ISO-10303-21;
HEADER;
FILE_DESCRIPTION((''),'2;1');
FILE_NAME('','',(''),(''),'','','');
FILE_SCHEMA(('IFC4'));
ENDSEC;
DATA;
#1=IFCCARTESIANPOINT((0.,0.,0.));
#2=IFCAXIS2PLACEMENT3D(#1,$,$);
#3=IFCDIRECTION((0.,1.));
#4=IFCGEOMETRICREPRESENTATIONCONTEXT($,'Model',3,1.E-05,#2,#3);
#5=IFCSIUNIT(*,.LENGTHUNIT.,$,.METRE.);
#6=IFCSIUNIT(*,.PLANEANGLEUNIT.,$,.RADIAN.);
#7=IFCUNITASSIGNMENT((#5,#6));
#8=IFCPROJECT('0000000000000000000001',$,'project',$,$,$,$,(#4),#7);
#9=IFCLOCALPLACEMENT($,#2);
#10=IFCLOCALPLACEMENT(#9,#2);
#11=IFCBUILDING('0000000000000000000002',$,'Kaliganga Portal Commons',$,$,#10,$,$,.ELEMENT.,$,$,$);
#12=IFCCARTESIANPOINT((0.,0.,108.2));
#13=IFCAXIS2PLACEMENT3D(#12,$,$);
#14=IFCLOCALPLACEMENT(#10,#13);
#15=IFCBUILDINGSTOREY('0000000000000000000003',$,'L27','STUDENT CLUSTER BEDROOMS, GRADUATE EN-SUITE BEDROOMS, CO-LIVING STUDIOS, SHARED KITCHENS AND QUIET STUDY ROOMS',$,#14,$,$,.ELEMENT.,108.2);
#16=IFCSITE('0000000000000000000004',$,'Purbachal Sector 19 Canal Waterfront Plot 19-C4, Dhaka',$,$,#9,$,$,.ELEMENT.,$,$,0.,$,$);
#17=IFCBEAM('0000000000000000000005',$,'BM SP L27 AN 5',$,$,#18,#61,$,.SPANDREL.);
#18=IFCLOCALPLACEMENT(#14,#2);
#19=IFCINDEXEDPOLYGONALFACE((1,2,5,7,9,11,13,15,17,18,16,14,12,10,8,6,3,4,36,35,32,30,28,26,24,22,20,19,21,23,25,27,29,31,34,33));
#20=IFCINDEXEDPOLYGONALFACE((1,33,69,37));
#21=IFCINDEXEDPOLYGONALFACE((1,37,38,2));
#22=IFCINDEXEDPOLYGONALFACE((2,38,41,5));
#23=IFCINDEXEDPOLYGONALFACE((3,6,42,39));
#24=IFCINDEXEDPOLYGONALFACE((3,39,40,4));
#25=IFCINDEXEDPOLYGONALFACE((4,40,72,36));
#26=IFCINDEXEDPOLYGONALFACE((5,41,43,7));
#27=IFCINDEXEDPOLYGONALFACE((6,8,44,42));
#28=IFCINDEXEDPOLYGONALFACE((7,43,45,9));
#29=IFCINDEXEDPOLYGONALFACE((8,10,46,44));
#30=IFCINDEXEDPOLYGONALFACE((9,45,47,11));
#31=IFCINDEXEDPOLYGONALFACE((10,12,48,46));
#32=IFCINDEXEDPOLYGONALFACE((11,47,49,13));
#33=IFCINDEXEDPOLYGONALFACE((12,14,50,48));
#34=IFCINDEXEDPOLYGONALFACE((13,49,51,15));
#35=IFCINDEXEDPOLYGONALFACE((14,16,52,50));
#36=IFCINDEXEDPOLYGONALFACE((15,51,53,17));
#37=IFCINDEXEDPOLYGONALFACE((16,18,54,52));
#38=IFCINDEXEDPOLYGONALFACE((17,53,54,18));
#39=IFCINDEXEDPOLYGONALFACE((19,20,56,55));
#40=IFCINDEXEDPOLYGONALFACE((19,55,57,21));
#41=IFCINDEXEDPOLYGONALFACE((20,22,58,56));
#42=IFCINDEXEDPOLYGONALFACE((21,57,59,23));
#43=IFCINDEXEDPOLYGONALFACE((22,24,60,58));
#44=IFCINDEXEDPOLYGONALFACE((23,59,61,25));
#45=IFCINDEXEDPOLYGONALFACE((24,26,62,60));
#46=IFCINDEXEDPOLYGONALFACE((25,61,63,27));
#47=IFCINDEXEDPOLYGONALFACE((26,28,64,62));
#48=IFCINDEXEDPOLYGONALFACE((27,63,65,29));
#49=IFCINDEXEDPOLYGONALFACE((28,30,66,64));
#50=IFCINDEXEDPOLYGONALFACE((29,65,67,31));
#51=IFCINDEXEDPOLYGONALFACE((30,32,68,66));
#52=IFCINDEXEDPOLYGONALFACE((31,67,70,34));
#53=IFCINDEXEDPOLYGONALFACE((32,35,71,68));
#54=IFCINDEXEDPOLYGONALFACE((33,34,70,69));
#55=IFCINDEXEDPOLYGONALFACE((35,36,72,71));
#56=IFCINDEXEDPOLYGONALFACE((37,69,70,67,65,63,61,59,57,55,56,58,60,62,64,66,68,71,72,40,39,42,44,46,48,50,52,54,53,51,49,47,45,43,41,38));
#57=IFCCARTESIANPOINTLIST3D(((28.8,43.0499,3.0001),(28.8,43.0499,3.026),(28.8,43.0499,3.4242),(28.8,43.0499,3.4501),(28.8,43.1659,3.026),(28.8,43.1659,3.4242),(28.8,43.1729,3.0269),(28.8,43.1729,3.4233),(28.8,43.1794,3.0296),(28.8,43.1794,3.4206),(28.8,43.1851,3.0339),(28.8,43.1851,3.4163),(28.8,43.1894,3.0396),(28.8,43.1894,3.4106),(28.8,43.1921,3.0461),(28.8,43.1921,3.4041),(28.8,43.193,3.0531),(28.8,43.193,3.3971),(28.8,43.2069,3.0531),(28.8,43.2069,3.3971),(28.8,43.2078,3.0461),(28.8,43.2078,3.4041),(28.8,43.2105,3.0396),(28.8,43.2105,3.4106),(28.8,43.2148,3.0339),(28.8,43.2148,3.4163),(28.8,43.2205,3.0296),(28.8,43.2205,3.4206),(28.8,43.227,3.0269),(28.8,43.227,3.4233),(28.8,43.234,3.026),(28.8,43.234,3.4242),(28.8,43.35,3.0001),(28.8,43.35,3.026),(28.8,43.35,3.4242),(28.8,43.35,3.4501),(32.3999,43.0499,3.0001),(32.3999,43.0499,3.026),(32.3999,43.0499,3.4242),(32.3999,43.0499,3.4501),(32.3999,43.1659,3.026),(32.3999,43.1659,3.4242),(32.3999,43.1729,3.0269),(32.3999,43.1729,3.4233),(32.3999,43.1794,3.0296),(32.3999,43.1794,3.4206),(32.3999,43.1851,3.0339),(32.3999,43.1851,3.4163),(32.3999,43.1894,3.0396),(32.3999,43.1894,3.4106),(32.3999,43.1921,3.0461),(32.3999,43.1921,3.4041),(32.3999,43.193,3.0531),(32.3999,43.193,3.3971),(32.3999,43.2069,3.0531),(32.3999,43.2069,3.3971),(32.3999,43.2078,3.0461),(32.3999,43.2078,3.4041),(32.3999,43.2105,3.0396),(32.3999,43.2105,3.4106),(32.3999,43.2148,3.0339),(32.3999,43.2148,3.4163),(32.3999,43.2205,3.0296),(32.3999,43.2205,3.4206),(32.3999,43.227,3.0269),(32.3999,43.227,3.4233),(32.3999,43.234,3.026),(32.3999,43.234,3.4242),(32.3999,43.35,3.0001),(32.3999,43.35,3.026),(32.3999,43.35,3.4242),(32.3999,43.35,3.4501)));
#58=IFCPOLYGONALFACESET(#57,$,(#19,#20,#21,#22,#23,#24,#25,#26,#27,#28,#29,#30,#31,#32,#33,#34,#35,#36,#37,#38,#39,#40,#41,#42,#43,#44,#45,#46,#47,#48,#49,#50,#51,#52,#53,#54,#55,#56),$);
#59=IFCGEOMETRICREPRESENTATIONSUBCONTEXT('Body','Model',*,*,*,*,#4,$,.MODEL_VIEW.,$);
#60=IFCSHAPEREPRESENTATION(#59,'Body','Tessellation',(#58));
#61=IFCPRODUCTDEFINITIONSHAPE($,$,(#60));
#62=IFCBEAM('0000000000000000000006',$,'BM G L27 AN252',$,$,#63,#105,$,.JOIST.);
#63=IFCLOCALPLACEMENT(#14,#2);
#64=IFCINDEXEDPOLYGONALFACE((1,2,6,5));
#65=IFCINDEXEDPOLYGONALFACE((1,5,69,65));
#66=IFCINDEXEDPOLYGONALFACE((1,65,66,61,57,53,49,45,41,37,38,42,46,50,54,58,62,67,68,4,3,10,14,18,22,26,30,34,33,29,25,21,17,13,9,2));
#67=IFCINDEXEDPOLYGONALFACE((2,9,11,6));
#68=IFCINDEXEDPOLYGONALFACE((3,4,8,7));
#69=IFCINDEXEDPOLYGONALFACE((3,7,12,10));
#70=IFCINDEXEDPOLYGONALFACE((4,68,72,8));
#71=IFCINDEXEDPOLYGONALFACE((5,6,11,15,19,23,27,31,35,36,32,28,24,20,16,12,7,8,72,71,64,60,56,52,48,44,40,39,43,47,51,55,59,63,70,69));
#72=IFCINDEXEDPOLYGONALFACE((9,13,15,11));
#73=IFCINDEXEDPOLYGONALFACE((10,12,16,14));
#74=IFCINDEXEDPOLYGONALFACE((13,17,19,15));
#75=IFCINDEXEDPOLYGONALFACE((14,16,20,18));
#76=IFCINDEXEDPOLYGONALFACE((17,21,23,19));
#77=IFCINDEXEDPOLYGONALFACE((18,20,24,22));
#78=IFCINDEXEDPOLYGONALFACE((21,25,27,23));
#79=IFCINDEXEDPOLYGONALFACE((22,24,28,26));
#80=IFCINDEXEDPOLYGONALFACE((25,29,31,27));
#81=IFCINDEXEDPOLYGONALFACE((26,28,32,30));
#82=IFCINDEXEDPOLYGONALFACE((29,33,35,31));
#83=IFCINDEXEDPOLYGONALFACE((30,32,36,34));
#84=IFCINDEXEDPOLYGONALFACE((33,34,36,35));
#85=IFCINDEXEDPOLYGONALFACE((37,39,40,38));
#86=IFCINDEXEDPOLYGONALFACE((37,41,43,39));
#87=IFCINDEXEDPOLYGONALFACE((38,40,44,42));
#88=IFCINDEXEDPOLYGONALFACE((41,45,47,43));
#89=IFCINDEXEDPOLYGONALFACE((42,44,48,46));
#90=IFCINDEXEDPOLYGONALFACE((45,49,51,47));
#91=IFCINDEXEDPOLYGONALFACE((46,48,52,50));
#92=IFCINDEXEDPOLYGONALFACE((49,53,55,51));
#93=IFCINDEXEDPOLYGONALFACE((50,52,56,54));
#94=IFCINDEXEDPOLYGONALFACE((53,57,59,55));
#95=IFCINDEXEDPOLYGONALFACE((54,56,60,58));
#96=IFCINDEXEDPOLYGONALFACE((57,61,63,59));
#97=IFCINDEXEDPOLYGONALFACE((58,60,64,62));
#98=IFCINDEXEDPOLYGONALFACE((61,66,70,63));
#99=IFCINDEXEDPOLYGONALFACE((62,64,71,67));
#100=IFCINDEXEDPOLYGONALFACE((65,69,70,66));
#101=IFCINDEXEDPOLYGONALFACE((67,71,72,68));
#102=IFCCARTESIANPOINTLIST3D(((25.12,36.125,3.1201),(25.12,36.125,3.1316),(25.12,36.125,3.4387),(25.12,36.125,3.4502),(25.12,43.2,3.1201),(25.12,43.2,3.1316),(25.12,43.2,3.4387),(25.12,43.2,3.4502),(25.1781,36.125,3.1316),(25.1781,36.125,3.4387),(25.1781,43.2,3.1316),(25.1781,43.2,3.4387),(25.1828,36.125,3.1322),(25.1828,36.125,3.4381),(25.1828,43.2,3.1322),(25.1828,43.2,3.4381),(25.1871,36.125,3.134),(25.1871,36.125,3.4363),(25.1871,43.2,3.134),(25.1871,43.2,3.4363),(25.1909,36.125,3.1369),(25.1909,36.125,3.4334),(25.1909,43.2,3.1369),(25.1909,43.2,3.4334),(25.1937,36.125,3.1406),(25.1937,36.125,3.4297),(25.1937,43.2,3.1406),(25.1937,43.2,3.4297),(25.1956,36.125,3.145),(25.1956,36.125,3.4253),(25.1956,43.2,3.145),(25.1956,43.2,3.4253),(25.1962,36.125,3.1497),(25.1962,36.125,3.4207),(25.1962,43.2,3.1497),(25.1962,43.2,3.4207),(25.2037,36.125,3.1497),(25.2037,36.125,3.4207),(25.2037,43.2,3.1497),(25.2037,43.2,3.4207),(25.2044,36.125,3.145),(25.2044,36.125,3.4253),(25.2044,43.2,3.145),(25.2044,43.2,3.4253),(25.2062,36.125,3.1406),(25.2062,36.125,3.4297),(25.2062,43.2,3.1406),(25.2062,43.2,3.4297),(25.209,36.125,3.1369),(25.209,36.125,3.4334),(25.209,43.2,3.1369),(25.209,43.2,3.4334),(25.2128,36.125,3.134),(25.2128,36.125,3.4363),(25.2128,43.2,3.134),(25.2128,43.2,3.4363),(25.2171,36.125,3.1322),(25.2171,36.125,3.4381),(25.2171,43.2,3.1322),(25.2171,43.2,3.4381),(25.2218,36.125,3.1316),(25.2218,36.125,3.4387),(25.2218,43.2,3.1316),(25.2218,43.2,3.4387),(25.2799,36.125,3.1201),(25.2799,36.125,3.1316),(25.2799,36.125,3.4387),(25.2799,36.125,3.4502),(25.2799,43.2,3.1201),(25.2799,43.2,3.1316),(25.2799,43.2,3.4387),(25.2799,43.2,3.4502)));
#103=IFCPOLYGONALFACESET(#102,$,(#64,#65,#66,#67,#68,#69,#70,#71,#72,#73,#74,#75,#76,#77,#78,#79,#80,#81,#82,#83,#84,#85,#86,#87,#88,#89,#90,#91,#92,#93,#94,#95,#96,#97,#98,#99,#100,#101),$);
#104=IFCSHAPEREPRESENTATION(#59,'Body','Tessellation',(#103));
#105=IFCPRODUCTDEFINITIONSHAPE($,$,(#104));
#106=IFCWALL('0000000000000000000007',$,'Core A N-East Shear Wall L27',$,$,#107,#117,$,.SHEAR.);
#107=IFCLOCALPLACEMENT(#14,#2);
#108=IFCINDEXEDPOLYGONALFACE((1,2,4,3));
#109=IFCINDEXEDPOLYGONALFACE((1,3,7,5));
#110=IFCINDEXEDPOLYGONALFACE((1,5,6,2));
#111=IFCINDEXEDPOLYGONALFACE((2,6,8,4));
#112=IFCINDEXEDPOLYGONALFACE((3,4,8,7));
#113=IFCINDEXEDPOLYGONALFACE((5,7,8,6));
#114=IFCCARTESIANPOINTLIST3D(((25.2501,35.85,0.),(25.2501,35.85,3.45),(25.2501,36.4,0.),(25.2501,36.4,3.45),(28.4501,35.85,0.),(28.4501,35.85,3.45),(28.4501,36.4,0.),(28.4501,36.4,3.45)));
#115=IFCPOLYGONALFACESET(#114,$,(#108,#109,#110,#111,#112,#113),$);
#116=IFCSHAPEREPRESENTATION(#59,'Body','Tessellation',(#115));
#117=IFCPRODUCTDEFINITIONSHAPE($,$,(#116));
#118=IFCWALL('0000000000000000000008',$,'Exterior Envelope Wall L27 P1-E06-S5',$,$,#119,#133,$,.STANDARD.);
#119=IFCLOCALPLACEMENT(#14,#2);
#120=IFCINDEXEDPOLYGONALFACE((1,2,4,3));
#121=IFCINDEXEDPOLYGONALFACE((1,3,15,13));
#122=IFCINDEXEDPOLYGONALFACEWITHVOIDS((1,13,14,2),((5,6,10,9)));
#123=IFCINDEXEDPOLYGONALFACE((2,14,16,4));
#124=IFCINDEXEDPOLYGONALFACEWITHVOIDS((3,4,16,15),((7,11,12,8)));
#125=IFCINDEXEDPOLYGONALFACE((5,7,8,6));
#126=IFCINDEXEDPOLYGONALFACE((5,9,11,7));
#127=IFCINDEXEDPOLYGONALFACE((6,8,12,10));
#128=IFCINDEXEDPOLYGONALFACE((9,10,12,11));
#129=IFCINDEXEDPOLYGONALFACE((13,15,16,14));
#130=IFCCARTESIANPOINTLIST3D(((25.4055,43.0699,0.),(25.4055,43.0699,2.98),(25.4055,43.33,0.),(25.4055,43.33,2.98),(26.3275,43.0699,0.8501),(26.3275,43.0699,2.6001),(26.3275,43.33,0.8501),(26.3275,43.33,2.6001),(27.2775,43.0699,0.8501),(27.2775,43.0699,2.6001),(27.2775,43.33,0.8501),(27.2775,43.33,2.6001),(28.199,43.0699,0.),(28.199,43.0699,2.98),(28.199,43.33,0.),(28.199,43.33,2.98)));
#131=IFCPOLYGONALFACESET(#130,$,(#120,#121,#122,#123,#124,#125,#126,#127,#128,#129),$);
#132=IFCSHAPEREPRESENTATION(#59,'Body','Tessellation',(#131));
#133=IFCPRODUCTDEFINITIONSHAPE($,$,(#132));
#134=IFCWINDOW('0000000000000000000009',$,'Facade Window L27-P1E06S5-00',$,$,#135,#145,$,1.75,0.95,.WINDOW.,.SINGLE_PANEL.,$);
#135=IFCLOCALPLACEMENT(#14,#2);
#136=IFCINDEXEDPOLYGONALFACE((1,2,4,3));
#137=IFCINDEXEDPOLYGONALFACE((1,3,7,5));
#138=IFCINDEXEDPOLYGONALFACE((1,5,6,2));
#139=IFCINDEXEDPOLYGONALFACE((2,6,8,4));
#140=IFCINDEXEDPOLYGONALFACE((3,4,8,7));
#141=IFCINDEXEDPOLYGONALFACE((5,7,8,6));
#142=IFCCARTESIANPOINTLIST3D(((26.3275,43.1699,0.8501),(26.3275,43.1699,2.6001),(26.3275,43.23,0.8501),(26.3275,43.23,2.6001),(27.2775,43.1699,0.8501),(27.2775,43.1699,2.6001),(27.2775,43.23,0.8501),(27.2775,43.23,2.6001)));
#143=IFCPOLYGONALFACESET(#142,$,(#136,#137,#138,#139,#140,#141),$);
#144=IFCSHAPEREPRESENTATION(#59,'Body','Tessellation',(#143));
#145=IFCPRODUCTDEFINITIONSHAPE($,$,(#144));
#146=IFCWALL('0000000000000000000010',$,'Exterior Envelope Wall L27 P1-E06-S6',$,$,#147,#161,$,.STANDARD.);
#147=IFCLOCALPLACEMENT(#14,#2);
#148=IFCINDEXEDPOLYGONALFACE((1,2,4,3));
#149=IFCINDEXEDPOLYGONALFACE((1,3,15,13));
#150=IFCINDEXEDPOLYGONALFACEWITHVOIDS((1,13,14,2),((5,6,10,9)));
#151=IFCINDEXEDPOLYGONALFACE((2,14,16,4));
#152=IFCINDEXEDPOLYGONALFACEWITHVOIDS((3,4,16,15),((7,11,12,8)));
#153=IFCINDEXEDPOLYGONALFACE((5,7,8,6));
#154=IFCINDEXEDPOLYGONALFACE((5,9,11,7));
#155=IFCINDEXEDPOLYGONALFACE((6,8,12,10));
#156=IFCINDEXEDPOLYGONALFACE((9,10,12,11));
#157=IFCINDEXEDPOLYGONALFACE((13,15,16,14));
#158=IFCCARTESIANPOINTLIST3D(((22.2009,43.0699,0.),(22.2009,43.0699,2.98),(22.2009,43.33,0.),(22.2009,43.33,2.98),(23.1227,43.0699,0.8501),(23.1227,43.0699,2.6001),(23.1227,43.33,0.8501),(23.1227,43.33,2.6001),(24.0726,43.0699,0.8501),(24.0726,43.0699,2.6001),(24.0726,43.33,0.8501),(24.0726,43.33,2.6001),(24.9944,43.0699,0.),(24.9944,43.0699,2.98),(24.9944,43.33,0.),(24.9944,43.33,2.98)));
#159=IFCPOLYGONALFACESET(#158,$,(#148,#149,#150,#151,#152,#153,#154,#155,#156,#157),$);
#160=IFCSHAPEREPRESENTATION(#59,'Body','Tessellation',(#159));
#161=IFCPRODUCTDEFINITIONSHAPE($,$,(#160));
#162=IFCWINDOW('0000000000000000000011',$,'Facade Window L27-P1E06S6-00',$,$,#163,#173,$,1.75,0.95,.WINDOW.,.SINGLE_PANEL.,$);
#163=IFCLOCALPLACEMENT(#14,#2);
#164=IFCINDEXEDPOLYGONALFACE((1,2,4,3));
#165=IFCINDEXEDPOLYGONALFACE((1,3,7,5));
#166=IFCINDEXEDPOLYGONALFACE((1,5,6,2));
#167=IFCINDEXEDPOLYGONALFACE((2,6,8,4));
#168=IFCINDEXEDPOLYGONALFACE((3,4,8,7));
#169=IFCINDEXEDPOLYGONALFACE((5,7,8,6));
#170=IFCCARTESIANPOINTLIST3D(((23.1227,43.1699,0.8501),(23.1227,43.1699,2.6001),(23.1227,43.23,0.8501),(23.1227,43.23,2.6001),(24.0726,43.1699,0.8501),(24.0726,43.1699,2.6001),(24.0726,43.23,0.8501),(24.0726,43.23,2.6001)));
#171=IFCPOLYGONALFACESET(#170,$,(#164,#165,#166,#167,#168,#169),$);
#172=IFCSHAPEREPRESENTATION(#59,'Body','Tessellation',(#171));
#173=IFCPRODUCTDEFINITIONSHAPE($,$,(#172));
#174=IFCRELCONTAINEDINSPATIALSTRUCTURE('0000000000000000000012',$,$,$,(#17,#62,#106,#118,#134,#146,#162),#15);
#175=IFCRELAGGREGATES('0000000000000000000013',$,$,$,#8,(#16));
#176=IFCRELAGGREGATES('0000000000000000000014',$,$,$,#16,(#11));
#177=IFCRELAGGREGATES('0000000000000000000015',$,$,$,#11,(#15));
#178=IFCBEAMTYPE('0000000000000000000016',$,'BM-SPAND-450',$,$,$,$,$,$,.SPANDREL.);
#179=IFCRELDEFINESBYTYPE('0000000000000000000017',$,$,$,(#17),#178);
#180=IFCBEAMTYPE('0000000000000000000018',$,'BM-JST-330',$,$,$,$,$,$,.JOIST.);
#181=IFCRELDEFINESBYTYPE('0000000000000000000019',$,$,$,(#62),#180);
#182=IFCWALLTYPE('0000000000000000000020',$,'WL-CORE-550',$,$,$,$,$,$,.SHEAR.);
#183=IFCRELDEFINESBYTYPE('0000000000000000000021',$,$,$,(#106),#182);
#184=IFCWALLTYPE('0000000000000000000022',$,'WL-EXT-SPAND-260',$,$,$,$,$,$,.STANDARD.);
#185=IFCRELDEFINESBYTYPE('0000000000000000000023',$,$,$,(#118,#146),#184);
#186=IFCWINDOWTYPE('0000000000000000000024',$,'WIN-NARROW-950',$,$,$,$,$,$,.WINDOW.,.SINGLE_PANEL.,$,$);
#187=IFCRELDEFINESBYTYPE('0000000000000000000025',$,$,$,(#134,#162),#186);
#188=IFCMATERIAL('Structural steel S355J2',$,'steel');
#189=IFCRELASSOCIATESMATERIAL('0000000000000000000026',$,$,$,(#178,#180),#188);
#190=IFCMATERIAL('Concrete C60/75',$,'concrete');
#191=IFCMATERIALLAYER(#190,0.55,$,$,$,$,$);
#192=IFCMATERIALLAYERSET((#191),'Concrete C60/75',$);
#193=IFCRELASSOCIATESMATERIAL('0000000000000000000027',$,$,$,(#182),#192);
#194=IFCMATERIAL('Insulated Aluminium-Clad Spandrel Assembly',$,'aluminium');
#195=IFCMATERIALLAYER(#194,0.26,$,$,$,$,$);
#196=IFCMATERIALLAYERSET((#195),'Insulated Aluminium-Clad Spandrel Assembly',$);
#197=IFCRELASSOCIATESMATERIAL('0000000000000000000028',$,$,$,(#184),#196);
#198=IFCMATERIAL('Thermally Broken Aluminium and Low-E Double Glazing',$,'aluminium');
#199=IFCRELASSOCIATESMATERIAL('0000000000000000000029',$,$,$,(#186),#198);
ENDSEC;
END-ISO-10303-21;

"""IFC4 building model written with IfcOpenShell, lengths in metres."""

from ifc_helpers import new_model, si_unit, direction, frame, frame_2d, origin, origin_2d, place, context, subcontext, project, spatial, rectangle, i_section, extrude, source, transform, mapped, material, layer, layer_set, material_profile, profile_set, type_object, element, fill, save


model = new_model("IFC4")

# Units and contexts
model_context = context("Model", 3, precision=1e-05, world=origin(), true_north=direction((0.0, 1.0)))
body_context = subcontext(model_context, "Body", "Model", "MODEL_VIEW")
ifc_project = project(units=[si_unit("LENGTHUNIT", "METRE"), si_unit("PLANEANGLEUNIT", "RADIAN")], contexts=[model_context])

# Site, building, storey
site_placement = place(None, origin())
site = spatial("IfcSite", under=ifc_project, at=site_placement, Name="Purbachal Sector 19 Canal Waterfront Plot 19-C4, Dhaka", CompositionType="ELEMENT", RefElevation=0.0)
building_placement = place(site_placement, origin())
building = spatial("IfcBuilding", under=site, at=building_placement, Name="Kaliganga Portal Commons", CompositionType="ELEMENT")
storey_placement = place(building_placement, frame((0.0, 0.0, 108.2)))
storey = spatial("IfcBuildingStorey", under=building, at=storey_placement, Name="L27", Description="STUDENT CLUSTER BEDROOMS, GRADUATE EN-SUITE BEDROOMS, CO-LIVING STUDIOS, SHARED KITCHENS AND QUIET STUDY ROOMS", CompositionType="ELEMENT", Elevation=108.2)

# Shared definitions
ifc_material_1 = material(Name="Concrete C60/75", Category="concrete")

# Beams
ifc_material_2 = material(Name="Structural steel S355J2", Category="steel")
ifc_material_profile_1 = material_profile(ifc_material_2, i_section(OverallWidth=0.3, OverallDepth=0.45, WebThickness=0.0139, FlangeThickness=0.0259, FilletRadius=0.0271, at=origin_2d()), Name="HE 450 B")
ifc_profile_set_1 = profile_set([ifc_material_profile_1], Name="Structural steel S355J2 wide-flange")
beam_type_1 = type_object("IfcBeamType", Name="BM-SPAND-450", PredefinedType="SPANDREL", material=ifc_profile_set_1)
shared_shape_1 = source(origin(), body_context, "Body", "SweptSolid", [
    extrude(i_section(OverallWidth=0.3, OverallDepth=0.45, WebThickness=0.0139, FlangeThickness=0.0259, FilletRadius=0.0271, at=origin_2d()), origin(), (0.0, 0.0, 1.0), 3.5999),
])
for number, where, z_axis, x_axis, name in (
    (1, (28.8, 43.2, 3.2251), (1.0, 0.0, 0.0), (0.0, 1.0, 0.0), "BM SP L27 AN 5"),
):
    element("IfcBeam", number, at=place(storey_placement, frame(where, z_axis=z_axis, x_axis=x_axis)), inside=storey, type_object=beam_type_1, Name=name, PredefinedType="SPANDREL", context=body_context, shape_type="MappedRepresentation", body=[
        mapped(shared_shape_1, transform((0.0, 0.0, 0.0), x_axis=(1.0, 0.0, 0.0), y_axis=(0.0, 1.0, 0.0), z_axis=(0.0, 0.0, 1.0), scale=1.0)),
    ])
ifc_material_profile_2 = material_profile(ifc_material_2, i_section(OverallWidth=0.1599, OverallDepth=0.3301, WebThickness=0.0076, FlangeThickness=0.0115, FilletRadius=0.0181, at=origin_2d()), Name="IPE 330")
ifc_profile_set_2 = profile_set([ifc_material_profile_2], Name="Structural steel S355J2 wide-flange")
beam_type_2 = type_object("IfcBeamType", Name="BM-JST-330", PredefinedType="JOIST", material=ifc_profile_set_2)
shared_shape_2 = source(origin(), body_context, "Body", "SweptSolid", [
    extrude(i_section(OverallWidth=0.1599, OverallDepth=0.3301, WebThickness=0.0076, FlangeThickness=0.0115, FilletRadius=0.0181, at=origin_2d()), origin(), (0.0, 0.0, 1.0), 7.075),
])
beam_1_placement = place(storey_placement, frame((25.2, 36.125, 3.2852), z_axis=(0.0, 1.0, 0.0), x_axis=(-1.0, 0.0, 0.0)))
element("IfcBeam", 2, at=beam_1_placement, inside=storey, type_object=beam_type_2, Name="BM G L27 AN252", PredefinedType="JOIST", context=body_context, shape_type="MappedRepresentation", body=[
    mapped(shared_shape_2, transform((0.0, 0.0, 0.0), x_axis=(1.0, 0.0, 0.0), y_axis=(0.0, 1.0, 0.0), z_axis=(0.0, 0.0, 1.0), scale=1.0)),
])

# Wall
ifc_layer_1 = layer(ifc_material_1, 0.55)
ifc_layer_set_1 = layer_set([ifc_layer_1], Name="Concrete C60/75")
wall_type_1 = type_object("IfcWallType", Name="WL-CORE-550", PredefinedType="SHEAR", material=ifc_layer_set_1)
wall_1_placement = place(storey_placement, frame((25.25, 36.125, 0.0), z_axis=(0.0, 0.0, 1.0), x_axis=(1.0, 0.0, 0.0)))
element("IfcWall", 3, at=wall_1_placement, inside=storey, type_object=wall_type_1, Name="Core A N-East Shear Wall L27", PredefinedType="SHEAR", context=body_context, shape_type="SweptSolid", body=[
    extrude(rectangle(XDim=3.2, YDim=0.55, at=frame_2d((1.6001, 0.0))), origin(), (0.0, 0.0, 1.0), 3.45),
])

# Walls, openings, windows
ifc_material_3 = material(Name="Insulated Aluminium-Clad Spandrel Assembly", Category="aluminium")
ifc_layer_2 = layer(ifc_material_3, 0.26)
ifc_layer_set_2 = layer_set([ifc_layer_2], Name="Insulated Aluminium-Clad Spandrel Assembly")
wall_type_2 = type_object("IfcWallType", Name="WL-EXT-SPAND-260", PredefinedType="STANDARD", material=ifc_layer_set_2)
wall_2_placement = place(storey_placement, frame((25.4055, 43.2, 0.0), z_axis=(0.0, 0.0, 1.0), x_axis=(1.0, 0.0, 0.0)))
wall_2 = element("IfcWall", 4, at=wall_2_placement, inside=storey, type_object=wall_type_2, Name="Exterior Envelope Wall L27 P1-E06-S5", PredefinedType="STANDARD", context=body_context, shape_type="SweptSolid", body=[
    extrude(rectangle(XDim=2.7935, YDim=0.26, at=frame_2d((1.3967, 0.0))), origin(), (0.0, 0.0, 1.0), 2.98),
])
opening_1_placement = place(wall_2_placement, frame((0.9219, 0.0, 0.8501)))
opening_1 = element("IfcOpeningElement", 5, at=opening_1_placement, cuts=wall_2, PredefinedType="OPENING", context=body_context, shape_type="SweptSolid", body=[
    extrude(rectangle(XDim=0.95, YDim=1.75, at=frame_2d((0.4751, 0.875))), frame((0.0, 0.1401, 0.0), z_axis=(0.0, -1.0, 0.0), x_axis=(1.0, 0.0, 0.0)), (0.0, 0.0, 1.0), 0.28),
])
ifc_material_4 = material(Name="Thermally Broken Aluminium and Low-E Double Glazing", Category="aluminium")
window_type = type_object("IfcWindowType", Name="WIN-NARROW-950", PartitioningType="SINGLE_PANEL", PredefinedType="WINDOW", material=ifc_material_4)
window_1_placement = place(opening_1_placement, origin())
window_1 = element("IfcWindow", 6, at=window_1_placement, inside=storey, type_object=window_type, Name="Facade Window L27-P1E06S5-00", OverallHeight=1.75, OverallWidth=0.95, PartitioningType="SINGLE_PANEL", PredefinedType="WINDOW", context=body_context, shape_type="SweptSolid", body=[
    extrude(rectangle(XDim=0.95, YDim=1.75, at=frame_2d((0.4751, 0.875))), frame((0.0, 0.03, 0.0), z_axis=(0.0, -1.0, 0.0), x_axis=(1.0, 0.0, 0.0)), (0.0, 0.0, 1.0), 0.0601),
])
fill(opening_1, window_1)
wall_3_placement = place(storey_placement, frame((22.2009, 43.2, 0.0), z_axis=(0.0, 0.0, 1.0), x_axis=(1.0, 0.0, 0.0)))
wall_3 = element("IfcWall", 7, at=wall_3_placement, inside=storey, type_object=wall_type_2, Name="Exterior Envelope Wall L27 P1-E06-S6", PredefinedType="STANDARD", context=body_context, shape_type="SweptSolid", body=[
    extrude(rectangle(XDim=2.7935, YDim=0.26, at=frame_2d((1.3967, 0.0))), origin(), (0.0, 0.0, 1.0), 2.98),
])
opening_2_placement = place(wall_3_placement, frame((0.9216, 0.0, 0.8501)))
opening_2 = element("IfcOpeningElement", 8, at=opening_2_placement, cuts=wall_3, PredefinedType="OPENING", context=body_context, shape_type="SweptSolid", body=[
    extrude(rectangle(XDim=0.95, YDim=1.75, at=frame_2d((0.4751, 0.875))), frame((0.0, 0.1401, 0.0), z_axis=(0.0, -1.0, 0.0), x_axis=(1.0, 0.0, 0.0)), (0.0, 0.0, 1.0), 0.28),
])
window_2_placement = place(opening_2_placement, origin())
window_2 = element("IfcWindow", 9, at=window_2_placement, inside=storey, type_object=window_type, Name="Facade Window L27-P1E06S6-00", OverallHeight=1.75, OverallWidth=0.95, PartitioningType="SINGLE_PANEL", PredefinedType="WINDOW", context=body_context, shape_type="SweptSolid", body=[
    extrude(rectangle(XDim=0.95, YDim=1.75, at=frame_2d((0.4751, 0.875))), frame((0.0, 0.03, 0.0), z_axis=(0.0, -1.0, 0.0), x_axis=(1.0, 0.0, 0.0)), (0.0, 0.0, 1.0), 0.0601),
])
fill(opening_2, window_2)

save(model, "model.ifc")
